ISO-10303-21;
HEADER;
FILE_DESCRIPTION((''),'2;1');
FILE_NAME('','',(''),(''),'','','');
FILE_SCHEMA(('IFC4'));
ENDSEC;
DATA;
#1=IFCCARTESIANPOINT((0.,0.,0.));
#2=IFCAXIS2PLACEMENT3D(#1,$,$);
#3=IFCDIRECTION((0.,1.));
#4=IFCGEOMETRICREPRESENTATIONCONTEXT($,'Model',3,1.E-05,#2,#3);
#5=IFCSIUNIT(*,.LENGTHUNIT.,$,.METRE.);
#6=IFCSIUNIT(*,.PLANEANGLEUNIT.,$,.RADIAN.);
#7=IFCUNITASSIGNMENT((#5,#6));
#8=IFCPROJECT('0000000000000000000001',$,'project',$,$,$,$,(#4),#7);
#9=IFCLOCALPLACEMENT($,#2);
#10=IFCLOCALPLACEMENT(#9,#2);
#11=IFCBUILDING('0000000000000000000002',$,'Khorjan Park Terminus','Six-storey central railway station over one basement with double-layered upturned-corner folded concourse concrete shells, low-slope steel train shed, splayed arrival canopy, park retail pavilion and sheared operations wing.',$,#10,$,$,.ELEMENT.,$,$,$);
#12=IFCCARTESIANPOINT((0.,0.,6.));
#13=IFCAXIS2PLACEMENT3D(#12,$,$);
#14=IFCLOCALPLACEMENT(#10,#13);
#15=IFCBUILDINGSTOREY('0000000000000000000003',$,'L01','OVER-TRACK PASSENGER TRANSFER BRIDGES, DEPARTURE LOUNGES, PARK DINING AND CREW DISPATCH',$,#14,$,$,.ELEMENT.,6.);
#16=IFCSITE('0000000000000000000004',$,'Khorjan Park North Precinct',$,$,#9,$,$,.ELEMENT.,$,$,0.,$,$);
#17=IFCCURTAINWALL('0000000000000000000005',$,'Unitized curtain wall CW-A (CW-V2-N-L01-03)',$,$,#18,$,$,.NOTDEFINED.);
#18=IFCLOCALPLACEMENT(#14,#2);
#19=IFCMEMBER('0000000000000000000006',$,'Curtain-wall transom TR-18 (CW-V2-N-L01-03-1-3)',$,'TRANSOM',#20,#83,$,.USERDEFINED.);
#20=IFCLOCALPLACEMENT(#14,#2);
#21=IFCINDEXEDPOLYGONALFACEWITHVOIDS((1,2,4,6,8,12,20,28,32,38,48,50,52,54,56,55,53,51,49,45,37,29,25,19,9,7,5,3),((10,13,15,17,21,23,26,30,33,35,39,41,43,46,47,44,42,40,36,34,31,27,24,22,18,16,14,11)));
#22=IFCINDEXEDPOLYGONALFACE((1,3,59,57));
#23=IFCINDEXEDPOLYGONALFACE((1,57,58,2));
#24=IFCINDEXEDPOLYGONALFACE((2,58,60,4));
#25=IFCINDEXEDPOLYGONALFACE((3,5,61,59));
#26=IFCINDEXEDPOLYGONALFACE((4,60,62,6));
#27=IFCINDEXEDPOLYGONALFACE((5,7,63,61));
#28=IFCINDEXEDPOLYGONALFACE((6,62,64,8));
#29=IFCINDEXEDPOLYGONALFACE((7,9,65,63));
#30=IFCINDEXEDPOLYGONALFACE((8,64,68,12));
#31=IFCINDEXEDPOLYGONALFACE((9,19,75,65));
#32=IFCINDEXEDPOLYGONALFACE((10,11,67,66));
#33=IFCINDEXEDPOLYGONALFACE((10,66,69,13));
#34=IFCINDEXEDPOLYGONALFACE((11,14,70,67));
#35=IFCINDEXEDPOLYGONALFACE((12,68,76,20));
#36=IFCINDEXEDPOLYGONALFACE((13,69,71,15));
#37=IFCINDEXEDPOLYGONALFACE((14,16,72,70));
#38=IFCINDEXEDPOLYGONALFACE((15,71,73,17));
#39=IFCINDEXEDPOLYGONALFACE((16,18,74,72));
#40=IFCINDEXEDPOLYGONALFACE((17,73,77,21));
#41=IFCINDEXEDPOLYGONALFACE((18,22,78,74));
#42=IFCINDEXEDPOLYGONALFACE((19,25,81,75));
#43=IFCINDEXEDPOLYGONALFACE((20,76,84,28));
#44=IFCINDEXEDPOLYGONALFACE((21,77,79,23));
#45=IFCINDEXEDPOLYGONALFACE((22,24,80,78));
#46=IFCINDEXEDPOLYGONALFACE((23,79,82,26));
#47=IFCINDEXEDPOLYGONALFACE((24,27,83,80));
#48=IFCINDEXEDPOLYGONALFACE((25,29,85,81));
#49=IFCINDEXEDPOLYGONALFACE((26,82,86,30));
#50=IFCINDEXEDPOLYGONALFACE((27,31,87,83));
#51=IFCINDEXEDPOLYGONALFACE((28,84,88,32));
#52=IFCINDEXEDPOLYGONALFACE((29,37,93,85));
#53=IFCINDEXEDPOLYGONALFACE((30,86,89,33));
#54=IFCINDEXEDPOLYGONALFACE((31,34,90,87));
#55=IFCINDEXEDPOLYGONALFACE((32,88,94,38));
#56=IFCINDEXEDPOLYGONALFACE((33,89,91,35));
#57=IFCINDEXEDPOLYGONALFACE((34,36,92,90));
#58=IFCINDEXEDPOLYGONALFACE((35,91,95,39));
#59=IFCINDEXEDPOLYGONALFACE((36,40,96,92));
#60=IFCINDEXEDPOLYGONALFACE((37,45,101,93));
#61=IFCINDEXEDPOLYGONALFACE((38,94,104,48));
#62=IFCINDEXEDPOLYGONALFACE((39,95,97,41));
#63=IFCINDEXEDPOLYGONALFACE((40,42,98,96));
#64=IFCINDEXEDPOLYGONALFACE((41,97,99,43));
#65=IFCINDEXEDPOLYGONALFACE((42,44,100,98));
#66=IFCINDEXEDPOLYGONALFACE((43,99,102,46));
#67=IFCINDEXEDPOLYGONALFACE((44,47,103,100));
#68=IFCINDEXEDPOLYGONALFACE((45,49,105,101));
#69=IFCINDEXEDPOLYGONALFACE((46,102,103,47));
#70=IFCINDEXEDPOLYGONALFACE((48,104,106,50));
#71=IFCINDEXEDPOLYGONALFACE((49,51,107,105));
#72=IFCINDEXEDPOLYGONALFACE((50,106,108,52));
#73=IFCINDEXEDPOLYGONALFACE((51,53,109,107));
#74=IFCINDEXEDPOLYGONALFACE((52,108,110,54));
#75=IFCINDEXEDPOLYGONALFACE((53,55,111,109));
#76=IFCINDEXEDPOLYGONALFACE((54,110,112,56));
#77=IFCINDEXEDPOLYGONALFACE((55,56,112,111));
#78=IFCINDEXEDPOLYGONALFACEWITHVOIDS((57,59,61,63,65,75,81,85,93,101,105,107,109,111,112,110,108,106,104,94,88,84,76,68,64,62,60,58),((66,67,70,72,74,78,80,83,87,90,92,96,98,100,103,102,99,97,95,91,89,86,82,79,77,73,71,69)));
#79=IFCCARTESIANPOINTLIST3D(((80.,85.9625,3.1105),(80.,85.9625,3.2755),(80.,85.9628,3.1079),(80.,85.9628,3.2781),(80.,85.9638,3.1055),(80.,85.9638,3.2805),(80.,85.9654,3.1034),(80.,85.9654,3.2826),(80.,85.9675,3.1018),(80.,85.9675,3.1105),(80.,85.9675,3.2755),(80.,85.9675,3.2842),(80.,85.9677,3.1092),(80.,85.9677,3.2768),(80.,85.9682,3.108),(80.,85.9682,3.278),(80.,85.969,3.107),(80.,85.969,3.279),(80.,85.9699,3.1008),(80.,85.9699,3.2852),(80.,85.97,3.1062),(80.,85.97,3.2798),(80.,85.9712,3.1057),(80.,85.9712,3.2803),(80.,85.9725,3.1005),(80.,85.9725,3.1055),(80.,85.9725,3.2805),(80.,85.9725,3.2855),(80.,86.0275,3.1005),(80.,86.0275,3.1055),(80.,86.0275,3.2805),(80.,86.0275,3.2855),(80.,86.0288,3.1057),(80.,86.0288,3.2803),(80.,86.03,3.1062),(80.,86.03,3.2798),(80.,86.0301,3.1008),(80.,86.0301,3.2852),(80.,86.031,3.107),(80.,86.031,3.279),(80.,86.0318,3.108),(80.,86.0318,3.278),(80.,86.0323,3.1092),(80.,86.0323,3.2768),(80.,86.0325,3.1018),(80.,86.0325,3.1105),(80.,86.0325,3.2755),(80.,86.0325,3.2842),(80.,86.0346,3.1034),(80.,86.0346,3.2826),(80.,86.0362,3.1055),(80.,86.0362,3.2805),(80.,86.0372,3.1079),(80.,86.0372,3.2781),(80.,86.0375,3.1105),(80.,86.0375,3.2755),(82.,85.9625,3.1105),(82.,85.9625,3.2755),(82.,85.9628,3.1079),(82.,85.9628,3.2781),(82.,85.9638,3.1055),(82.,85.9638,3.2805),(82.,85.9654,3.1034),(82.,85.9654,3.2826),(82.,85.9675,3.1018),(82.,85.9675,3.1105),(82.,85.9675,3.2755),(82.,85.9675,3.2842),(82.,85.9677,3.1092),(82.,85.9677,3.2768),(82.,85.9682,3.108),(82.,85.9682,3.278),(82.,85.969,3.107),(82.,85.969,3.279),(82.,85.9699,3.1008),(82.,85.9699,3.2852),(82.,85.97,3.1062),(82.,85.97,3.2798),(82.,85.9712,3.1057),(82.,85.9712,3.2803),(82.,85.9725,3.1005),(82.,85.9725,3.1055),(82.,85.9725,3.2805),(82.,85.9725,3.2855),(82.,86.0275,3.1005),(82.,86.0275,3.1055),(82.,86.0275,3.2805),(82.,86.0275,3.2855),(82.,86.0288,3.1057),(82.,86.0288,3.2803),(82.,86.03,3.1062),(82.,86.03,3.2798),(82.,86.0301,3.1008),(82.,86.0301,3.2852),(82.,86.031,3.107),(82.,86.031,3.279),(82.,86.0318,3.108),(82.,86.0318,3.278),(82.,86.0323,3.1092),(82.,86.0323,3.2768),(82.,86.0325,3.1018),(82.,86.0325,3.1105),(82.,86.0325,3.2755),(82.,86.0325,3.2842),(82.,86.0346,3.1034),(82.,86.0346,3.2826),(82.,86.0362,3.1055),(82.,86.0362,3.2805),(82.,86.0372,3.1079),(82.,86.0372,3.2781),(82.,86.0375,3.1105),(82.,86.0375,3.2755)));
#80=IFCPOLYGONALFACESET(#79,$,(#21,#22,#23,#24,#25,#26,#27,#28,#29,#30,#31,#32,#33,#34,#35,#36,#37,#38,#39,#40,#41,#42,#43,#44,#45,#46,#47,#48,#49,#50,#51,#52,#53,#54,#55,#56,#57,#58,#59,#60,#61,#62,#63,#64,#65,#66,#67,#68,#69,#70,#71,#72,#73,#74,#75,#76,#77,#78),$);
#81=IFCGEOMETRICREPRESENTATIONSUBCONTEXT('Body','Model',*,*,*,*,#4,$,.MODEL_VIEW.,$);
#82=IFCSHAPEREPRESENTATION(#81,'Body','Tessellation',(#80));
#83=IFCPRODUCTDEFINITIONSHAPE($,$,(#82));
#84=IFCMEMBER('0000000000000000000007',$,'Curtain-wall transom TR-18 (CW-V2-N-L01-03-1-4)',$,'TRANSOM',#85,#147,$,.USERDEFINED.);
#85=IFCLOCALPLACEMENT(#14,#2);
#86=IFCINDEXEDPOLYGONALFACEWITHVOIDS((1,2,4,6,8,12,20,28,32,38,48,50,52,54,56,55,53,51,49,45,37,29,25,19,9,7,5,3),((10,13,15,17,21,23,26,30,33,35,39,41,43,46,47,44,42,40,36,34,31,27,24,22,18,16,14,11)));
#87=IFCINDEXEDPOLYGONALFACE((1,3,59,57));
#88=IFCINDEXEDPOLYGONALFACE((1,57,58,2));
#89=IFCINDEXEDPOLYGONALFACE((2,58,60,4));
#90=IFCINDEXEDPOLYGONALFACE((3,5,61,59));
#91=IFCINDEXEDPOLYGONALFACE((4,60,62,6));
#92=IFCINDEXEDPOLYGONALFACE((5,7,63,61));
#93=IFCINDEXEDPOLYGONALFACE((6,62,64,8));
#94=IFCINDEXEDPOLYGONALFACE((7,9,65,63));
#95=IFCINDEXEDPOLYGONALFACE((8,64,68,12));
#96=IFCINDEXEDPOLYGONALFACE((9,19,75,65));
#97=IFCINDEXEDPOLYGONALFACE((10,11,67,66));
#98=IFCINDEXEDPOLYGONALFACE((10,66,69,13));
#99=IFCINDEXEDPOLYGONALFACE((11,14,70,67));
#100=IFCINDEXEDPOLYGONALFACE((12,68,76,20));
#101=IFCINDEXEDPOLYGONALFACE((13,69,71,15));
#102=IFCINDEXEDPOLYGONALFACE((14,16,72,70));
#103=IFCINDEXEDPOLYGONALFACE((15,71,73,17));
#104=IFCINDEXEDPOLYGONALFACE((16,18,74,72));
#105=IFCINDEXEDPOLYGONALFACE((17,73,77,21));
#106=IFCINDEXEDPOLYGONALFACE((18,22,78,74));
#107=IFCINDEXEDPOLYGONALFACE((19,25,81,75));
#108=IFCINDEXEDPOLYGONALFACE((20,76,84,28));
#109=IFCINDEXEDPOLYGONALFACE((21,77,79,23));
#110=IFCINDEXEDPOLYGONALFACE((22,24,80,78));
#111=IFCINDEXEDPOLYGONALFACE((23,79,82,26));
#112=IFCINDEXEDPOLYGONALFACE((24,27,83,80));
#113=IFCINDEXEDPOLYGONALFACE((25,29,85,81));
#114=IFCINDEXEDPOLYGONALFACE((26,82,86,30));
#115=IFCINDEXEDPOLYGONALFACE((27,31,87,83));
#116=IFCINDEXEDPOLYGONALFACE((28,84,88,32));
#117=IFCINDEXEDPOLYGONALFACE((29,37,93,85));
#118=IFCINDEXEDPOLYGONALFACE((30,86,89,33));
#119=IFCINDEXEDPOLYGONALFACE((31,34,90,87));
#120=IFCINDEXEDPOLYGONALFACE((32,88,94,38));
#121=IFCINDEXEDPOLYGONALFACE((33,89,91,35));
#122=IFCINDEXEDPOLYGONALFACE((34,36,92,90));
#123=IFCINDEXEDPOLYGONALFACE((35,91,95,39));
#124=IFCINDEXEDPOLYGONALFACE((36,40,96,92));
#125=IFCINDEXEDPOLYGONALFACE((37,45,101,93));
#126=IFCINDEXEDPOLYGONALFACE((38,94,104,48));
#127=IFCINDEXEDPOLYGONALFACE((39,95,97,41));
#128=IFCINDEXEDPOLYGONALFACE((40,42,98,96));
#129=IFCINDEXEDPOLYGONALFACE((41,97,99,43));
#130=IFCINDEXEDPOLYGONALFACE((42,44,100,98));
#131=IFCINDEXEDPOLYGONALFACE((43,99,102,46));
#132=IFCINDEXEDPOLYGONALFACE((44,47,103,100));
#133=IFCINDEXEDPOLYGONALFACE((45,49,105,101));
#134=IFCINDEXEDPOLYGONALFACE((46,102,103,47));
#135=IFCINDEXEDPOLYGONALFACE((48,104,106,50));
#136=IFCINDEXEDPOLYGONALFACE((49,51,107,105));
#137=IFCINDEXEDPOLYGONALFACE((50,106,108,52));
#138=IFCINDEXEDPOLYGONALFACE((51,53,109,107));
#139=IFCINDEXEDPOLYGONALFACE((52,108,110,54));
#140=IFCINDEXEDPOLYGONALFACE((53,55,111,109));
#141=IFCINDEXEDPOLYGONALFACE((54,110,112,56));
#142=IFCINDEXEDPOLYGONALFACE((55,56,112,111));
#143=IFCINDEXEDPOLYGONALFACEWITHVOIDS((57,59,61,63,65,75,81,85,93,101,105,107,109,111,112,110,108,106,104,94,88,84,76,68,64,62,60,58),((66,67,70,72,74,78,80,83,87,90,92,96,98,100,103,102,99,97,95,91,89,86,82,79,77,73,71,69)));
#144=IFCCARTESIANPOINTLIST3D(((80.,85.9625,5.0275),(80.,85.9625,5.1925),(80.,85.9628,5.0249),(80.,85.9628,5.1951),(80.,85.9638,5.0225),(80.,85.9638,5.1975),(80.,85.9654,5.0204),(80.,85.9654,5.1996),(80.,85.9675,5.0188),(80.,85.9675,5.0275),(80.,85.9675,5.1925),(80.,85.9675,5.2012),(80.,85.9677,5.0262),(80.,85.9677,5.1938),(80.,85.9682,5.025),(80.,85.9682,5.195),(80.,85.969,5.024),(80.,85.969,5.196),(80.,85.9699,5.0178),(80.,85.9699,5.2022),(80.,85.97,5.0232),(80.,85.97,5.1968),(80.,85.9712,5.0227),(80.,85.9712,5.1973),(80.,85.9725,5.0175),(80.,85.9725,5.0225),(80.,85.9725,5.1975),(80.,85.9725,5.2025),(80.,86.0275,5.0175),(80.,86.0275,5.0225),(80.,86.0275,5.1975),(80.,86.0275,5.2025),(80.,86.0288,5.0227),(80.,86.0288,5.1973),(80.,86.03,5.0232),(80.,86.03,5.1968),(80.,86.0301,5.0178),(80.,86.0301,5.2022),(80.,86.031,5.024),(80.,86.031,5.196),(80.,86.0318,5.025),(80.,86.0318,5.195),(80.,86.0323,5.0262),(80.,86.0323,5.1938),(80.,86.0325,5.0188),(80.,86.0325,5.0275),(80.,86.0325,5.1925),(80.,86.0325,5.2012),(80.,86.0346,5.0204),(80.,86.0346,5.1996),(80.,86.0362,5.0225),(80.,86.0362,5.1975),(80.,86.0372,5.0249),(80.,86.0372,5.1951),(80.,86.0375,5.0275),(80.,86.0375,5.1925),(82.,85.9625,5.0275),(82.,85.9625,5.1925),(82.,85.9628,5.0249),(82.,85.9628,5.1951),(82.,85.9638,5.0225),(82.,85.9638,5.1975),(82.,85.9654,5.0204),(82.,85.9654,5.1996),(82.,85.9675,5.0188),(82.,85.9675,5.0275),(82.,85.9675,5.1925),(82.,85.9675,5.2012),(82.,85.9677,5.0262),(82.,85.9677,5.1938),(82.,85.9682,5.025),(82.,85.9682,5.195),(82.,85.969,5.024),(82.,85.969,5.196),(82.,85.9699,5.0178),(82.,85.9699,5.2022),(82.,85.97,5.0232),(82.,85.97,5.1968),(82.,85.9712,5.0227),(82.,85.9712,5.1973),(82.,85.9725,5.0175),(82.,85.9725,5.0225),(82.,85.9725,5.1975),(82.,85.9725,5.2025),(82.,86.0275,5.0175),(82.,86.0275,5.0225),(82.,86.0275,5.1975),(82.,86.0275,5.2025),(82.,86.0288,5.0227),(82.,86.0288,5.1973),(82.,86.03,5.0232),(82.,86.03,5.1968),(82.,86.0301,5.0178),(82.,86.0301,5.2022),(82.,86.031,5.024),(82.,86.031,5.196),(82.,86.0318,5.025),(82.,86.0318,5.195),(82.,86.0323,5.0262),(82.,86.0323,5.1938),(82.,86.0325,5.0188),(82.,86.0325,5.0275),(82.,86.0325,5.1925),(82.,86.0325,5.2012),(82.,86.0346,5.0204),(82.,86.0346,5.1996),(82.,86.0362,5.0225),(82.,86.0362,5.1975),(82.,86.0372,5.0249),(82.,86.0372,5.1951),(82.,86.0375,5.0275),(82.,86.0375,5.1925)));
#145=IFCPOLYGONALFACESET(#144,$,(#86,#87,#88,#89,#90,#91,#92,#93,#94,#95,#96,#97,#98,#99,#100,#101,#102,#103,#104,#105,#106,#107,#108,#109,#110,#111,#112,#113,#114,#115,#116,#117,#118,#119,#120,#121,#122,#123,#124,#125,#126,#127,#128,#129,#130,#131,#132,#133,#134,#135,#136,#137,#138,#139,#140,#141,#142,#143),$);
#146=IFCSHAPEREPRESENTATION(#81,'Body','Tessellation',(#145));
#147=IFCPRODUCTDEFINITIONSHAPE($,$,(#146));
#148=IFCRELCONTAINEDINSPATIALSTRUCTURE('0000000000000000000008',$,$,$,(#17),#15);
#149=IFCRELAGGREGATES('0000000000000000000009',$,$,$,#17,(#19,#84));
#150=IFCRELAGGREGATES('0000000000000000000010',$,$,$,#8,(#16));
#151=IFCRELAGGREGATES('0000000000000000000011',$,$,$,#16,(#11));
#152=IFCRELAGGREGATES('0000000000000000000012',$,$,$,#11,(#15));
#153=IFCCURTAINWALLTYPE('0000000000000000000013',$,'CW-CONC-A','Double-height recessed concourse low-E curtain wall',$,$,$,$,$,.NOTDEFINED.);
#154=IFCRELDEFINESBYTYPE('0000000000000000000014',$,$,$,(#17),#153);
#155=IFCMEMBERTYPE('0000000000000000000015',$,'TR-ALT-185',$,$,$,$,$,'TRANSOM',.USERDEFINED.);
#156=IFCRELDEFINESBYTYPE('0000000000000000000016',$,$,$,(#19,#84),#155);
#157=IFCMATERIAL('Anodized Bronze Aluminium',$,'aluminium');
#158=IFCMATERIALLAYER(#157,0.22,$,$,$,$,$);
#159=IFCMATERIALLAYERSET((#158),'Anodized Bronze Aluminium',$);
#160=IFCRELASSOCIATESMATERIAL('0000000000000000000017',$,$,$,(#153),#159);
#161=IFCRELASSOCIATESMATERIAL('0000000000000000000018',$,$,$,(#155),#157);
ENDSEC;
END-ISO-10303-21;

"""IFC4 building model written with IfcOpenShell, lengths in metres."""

from ifc_helpers import new_model, si_unit, direction, frame, origin, origin_2d, place, context, subcontext, project, spatial, hollow_rectangle, extrude, material, layer, layer_set, material_profile, profile_set, type_object, element, aggregate, save


model = new_model("IFC4")

# Units and contexts
model_context = context("Model", 3, precision=1e-05, world=origin(), true_north=direction((0.0, 1.0)))
body_context = subcontext(model_context, "Body", "Model", "MODEL_VIEW")
ifc_project = project(units=[si_unit("LENGTHUNIT", "METRE"), si_unit("PLANEANGLEUNIT", "RADIAN")], contexts=[model_context])

# Site, building, storey
site_placement = place(None, origin())
site = spatial("IfcSite", under=ifc_project, at=site_placement, Name="Khorjan Park North Precinct", CompositionType="ELEMENT", RefElevation=0.0)
building_placement = place(site_placement, origin())
building = spatial("IfcBuilding", under=site, at=building_placement, Name="Khorjan Park Terminus", Description="Six-storey central railway station over one basement with double-layered upturned-corner folded concourse concrete shells, low-slope steel train shed, splayed arrival canopy, park retail pavilion and sheared operations wing.", CompositionType="ELEMENT")
storey_placement = place(building_placement, frame((0.0, 0.0, 6.0)))
storey = spatial("IfcBuildingStorey", under=building, at=storey_placement, Name="L01", Description="OVER-TRACK PASSENGER TRANSFER BRIDGES, DEPARTURE LOUNGES, PARK DINING AND CREW DISPATCH", CompositionType="ELEMENT", Elevation=6.0)

# Curtain wall
ifc_material_1 = material(Name="Anodized Bronze Aluminium", Category="aluminium")
ifc_layer_1 = layer(ifc_material_1, 0.22)
ifc_layer_set_1 = layer_set([ifc_layer_1], Name="Anodized Bronze Aluminium")
curtain_wall_type = type_object("IfcCurtainWallType", Name="CW-CONC-A", Description="Double-height recessed concourse low-E curtain wall", PredefinedType="NOTDEFINED", material=ifc_layer_set_1)
curtain_wall_1_placement = place(storey_placement, origin())
curtain_wall_1 = element("IfcCurtainWall", 1, at=curtain_wall_1_placement, inside=storey, type_object=curtain_wall_type, Name="Unitized curtain wall CW-A (CW-V2-N-L01-03)", PredefinedType="NOTDEFINED")

# Members
ifc_material_profile_1 = material_profile(ifc_material_1, hollow_rectangle(XDim=0.075, YDim=0.185, WallThickness=0.005, InnerFilletRadius=0.005, OuterFilletRadius=0.01, at=origin_2d()), Name="ALT 75x185x5")
ifc_profile_set_1 = profile_set([ifc_material_profile_1], Name="Anodized Bronze Aluminium")
member_type_1 = type_object("IfcMemberType", Name="TR-ALT-185", ElementType="TRANSOM", PredefinedType="USERDEFINED", material=ifc_profile_set_1)
member_1_placement = place(storey_placement, frame((82.0, 86.0, 3.193), z_axis=(-1.0, 0.0, 0.0), x_axis=(0.0, -1.0, 0.0)))
member_1 = element("IfcMember", 2, at=member_1_placement, type_object=member_type_1, Name="Curtain-wall transom TR-18 (CW-V2-N-L01-03-1-3)", ObjectType="TRANSOM", PredefinedType="USERDEFINED", context=body_context, shape_type="SweptSolid", body=[
    extrude(hollow_rectangle(XDim=0.075, YDim=0.185, WallThickness=0.005, InnerFilletRadius=0.005, OuterFilletRadius=0.01, at=origin_2d()), origin(), (0.0, 0.0, 1.0), 2.0),
])
member_2_placement = place(storey_placement, frame((82.0, 86.0, 5.11), z_axis=(-1.0, 0.0, 0.0), x_axis=(0.0, -1.0, 0.0)))
member_2 = element("IfcMember", 3, at=member_2_placement, type_object=member_type_1, Name="Curtain-wall transom TR-18 (CW-V2-N-L01-03-1-4)", ObjectType="TRANSOM", PredefinedType="USERDEFINED", context=body_context, shape_type="SweptSolid", body=[
    extrude(hollow_rectangle(XDim=0.075, YDim=0.185, WallThickness=0.005, InnerFilletRadius=0.005, OuterFilletRadius=0.01, at=origin_2d()), origin(), (0.0, 0.0, 1.0), 2.0),
])

aggregate(curtain_wall_1, [member_1, member_2])

save(model, "model.ifc")
